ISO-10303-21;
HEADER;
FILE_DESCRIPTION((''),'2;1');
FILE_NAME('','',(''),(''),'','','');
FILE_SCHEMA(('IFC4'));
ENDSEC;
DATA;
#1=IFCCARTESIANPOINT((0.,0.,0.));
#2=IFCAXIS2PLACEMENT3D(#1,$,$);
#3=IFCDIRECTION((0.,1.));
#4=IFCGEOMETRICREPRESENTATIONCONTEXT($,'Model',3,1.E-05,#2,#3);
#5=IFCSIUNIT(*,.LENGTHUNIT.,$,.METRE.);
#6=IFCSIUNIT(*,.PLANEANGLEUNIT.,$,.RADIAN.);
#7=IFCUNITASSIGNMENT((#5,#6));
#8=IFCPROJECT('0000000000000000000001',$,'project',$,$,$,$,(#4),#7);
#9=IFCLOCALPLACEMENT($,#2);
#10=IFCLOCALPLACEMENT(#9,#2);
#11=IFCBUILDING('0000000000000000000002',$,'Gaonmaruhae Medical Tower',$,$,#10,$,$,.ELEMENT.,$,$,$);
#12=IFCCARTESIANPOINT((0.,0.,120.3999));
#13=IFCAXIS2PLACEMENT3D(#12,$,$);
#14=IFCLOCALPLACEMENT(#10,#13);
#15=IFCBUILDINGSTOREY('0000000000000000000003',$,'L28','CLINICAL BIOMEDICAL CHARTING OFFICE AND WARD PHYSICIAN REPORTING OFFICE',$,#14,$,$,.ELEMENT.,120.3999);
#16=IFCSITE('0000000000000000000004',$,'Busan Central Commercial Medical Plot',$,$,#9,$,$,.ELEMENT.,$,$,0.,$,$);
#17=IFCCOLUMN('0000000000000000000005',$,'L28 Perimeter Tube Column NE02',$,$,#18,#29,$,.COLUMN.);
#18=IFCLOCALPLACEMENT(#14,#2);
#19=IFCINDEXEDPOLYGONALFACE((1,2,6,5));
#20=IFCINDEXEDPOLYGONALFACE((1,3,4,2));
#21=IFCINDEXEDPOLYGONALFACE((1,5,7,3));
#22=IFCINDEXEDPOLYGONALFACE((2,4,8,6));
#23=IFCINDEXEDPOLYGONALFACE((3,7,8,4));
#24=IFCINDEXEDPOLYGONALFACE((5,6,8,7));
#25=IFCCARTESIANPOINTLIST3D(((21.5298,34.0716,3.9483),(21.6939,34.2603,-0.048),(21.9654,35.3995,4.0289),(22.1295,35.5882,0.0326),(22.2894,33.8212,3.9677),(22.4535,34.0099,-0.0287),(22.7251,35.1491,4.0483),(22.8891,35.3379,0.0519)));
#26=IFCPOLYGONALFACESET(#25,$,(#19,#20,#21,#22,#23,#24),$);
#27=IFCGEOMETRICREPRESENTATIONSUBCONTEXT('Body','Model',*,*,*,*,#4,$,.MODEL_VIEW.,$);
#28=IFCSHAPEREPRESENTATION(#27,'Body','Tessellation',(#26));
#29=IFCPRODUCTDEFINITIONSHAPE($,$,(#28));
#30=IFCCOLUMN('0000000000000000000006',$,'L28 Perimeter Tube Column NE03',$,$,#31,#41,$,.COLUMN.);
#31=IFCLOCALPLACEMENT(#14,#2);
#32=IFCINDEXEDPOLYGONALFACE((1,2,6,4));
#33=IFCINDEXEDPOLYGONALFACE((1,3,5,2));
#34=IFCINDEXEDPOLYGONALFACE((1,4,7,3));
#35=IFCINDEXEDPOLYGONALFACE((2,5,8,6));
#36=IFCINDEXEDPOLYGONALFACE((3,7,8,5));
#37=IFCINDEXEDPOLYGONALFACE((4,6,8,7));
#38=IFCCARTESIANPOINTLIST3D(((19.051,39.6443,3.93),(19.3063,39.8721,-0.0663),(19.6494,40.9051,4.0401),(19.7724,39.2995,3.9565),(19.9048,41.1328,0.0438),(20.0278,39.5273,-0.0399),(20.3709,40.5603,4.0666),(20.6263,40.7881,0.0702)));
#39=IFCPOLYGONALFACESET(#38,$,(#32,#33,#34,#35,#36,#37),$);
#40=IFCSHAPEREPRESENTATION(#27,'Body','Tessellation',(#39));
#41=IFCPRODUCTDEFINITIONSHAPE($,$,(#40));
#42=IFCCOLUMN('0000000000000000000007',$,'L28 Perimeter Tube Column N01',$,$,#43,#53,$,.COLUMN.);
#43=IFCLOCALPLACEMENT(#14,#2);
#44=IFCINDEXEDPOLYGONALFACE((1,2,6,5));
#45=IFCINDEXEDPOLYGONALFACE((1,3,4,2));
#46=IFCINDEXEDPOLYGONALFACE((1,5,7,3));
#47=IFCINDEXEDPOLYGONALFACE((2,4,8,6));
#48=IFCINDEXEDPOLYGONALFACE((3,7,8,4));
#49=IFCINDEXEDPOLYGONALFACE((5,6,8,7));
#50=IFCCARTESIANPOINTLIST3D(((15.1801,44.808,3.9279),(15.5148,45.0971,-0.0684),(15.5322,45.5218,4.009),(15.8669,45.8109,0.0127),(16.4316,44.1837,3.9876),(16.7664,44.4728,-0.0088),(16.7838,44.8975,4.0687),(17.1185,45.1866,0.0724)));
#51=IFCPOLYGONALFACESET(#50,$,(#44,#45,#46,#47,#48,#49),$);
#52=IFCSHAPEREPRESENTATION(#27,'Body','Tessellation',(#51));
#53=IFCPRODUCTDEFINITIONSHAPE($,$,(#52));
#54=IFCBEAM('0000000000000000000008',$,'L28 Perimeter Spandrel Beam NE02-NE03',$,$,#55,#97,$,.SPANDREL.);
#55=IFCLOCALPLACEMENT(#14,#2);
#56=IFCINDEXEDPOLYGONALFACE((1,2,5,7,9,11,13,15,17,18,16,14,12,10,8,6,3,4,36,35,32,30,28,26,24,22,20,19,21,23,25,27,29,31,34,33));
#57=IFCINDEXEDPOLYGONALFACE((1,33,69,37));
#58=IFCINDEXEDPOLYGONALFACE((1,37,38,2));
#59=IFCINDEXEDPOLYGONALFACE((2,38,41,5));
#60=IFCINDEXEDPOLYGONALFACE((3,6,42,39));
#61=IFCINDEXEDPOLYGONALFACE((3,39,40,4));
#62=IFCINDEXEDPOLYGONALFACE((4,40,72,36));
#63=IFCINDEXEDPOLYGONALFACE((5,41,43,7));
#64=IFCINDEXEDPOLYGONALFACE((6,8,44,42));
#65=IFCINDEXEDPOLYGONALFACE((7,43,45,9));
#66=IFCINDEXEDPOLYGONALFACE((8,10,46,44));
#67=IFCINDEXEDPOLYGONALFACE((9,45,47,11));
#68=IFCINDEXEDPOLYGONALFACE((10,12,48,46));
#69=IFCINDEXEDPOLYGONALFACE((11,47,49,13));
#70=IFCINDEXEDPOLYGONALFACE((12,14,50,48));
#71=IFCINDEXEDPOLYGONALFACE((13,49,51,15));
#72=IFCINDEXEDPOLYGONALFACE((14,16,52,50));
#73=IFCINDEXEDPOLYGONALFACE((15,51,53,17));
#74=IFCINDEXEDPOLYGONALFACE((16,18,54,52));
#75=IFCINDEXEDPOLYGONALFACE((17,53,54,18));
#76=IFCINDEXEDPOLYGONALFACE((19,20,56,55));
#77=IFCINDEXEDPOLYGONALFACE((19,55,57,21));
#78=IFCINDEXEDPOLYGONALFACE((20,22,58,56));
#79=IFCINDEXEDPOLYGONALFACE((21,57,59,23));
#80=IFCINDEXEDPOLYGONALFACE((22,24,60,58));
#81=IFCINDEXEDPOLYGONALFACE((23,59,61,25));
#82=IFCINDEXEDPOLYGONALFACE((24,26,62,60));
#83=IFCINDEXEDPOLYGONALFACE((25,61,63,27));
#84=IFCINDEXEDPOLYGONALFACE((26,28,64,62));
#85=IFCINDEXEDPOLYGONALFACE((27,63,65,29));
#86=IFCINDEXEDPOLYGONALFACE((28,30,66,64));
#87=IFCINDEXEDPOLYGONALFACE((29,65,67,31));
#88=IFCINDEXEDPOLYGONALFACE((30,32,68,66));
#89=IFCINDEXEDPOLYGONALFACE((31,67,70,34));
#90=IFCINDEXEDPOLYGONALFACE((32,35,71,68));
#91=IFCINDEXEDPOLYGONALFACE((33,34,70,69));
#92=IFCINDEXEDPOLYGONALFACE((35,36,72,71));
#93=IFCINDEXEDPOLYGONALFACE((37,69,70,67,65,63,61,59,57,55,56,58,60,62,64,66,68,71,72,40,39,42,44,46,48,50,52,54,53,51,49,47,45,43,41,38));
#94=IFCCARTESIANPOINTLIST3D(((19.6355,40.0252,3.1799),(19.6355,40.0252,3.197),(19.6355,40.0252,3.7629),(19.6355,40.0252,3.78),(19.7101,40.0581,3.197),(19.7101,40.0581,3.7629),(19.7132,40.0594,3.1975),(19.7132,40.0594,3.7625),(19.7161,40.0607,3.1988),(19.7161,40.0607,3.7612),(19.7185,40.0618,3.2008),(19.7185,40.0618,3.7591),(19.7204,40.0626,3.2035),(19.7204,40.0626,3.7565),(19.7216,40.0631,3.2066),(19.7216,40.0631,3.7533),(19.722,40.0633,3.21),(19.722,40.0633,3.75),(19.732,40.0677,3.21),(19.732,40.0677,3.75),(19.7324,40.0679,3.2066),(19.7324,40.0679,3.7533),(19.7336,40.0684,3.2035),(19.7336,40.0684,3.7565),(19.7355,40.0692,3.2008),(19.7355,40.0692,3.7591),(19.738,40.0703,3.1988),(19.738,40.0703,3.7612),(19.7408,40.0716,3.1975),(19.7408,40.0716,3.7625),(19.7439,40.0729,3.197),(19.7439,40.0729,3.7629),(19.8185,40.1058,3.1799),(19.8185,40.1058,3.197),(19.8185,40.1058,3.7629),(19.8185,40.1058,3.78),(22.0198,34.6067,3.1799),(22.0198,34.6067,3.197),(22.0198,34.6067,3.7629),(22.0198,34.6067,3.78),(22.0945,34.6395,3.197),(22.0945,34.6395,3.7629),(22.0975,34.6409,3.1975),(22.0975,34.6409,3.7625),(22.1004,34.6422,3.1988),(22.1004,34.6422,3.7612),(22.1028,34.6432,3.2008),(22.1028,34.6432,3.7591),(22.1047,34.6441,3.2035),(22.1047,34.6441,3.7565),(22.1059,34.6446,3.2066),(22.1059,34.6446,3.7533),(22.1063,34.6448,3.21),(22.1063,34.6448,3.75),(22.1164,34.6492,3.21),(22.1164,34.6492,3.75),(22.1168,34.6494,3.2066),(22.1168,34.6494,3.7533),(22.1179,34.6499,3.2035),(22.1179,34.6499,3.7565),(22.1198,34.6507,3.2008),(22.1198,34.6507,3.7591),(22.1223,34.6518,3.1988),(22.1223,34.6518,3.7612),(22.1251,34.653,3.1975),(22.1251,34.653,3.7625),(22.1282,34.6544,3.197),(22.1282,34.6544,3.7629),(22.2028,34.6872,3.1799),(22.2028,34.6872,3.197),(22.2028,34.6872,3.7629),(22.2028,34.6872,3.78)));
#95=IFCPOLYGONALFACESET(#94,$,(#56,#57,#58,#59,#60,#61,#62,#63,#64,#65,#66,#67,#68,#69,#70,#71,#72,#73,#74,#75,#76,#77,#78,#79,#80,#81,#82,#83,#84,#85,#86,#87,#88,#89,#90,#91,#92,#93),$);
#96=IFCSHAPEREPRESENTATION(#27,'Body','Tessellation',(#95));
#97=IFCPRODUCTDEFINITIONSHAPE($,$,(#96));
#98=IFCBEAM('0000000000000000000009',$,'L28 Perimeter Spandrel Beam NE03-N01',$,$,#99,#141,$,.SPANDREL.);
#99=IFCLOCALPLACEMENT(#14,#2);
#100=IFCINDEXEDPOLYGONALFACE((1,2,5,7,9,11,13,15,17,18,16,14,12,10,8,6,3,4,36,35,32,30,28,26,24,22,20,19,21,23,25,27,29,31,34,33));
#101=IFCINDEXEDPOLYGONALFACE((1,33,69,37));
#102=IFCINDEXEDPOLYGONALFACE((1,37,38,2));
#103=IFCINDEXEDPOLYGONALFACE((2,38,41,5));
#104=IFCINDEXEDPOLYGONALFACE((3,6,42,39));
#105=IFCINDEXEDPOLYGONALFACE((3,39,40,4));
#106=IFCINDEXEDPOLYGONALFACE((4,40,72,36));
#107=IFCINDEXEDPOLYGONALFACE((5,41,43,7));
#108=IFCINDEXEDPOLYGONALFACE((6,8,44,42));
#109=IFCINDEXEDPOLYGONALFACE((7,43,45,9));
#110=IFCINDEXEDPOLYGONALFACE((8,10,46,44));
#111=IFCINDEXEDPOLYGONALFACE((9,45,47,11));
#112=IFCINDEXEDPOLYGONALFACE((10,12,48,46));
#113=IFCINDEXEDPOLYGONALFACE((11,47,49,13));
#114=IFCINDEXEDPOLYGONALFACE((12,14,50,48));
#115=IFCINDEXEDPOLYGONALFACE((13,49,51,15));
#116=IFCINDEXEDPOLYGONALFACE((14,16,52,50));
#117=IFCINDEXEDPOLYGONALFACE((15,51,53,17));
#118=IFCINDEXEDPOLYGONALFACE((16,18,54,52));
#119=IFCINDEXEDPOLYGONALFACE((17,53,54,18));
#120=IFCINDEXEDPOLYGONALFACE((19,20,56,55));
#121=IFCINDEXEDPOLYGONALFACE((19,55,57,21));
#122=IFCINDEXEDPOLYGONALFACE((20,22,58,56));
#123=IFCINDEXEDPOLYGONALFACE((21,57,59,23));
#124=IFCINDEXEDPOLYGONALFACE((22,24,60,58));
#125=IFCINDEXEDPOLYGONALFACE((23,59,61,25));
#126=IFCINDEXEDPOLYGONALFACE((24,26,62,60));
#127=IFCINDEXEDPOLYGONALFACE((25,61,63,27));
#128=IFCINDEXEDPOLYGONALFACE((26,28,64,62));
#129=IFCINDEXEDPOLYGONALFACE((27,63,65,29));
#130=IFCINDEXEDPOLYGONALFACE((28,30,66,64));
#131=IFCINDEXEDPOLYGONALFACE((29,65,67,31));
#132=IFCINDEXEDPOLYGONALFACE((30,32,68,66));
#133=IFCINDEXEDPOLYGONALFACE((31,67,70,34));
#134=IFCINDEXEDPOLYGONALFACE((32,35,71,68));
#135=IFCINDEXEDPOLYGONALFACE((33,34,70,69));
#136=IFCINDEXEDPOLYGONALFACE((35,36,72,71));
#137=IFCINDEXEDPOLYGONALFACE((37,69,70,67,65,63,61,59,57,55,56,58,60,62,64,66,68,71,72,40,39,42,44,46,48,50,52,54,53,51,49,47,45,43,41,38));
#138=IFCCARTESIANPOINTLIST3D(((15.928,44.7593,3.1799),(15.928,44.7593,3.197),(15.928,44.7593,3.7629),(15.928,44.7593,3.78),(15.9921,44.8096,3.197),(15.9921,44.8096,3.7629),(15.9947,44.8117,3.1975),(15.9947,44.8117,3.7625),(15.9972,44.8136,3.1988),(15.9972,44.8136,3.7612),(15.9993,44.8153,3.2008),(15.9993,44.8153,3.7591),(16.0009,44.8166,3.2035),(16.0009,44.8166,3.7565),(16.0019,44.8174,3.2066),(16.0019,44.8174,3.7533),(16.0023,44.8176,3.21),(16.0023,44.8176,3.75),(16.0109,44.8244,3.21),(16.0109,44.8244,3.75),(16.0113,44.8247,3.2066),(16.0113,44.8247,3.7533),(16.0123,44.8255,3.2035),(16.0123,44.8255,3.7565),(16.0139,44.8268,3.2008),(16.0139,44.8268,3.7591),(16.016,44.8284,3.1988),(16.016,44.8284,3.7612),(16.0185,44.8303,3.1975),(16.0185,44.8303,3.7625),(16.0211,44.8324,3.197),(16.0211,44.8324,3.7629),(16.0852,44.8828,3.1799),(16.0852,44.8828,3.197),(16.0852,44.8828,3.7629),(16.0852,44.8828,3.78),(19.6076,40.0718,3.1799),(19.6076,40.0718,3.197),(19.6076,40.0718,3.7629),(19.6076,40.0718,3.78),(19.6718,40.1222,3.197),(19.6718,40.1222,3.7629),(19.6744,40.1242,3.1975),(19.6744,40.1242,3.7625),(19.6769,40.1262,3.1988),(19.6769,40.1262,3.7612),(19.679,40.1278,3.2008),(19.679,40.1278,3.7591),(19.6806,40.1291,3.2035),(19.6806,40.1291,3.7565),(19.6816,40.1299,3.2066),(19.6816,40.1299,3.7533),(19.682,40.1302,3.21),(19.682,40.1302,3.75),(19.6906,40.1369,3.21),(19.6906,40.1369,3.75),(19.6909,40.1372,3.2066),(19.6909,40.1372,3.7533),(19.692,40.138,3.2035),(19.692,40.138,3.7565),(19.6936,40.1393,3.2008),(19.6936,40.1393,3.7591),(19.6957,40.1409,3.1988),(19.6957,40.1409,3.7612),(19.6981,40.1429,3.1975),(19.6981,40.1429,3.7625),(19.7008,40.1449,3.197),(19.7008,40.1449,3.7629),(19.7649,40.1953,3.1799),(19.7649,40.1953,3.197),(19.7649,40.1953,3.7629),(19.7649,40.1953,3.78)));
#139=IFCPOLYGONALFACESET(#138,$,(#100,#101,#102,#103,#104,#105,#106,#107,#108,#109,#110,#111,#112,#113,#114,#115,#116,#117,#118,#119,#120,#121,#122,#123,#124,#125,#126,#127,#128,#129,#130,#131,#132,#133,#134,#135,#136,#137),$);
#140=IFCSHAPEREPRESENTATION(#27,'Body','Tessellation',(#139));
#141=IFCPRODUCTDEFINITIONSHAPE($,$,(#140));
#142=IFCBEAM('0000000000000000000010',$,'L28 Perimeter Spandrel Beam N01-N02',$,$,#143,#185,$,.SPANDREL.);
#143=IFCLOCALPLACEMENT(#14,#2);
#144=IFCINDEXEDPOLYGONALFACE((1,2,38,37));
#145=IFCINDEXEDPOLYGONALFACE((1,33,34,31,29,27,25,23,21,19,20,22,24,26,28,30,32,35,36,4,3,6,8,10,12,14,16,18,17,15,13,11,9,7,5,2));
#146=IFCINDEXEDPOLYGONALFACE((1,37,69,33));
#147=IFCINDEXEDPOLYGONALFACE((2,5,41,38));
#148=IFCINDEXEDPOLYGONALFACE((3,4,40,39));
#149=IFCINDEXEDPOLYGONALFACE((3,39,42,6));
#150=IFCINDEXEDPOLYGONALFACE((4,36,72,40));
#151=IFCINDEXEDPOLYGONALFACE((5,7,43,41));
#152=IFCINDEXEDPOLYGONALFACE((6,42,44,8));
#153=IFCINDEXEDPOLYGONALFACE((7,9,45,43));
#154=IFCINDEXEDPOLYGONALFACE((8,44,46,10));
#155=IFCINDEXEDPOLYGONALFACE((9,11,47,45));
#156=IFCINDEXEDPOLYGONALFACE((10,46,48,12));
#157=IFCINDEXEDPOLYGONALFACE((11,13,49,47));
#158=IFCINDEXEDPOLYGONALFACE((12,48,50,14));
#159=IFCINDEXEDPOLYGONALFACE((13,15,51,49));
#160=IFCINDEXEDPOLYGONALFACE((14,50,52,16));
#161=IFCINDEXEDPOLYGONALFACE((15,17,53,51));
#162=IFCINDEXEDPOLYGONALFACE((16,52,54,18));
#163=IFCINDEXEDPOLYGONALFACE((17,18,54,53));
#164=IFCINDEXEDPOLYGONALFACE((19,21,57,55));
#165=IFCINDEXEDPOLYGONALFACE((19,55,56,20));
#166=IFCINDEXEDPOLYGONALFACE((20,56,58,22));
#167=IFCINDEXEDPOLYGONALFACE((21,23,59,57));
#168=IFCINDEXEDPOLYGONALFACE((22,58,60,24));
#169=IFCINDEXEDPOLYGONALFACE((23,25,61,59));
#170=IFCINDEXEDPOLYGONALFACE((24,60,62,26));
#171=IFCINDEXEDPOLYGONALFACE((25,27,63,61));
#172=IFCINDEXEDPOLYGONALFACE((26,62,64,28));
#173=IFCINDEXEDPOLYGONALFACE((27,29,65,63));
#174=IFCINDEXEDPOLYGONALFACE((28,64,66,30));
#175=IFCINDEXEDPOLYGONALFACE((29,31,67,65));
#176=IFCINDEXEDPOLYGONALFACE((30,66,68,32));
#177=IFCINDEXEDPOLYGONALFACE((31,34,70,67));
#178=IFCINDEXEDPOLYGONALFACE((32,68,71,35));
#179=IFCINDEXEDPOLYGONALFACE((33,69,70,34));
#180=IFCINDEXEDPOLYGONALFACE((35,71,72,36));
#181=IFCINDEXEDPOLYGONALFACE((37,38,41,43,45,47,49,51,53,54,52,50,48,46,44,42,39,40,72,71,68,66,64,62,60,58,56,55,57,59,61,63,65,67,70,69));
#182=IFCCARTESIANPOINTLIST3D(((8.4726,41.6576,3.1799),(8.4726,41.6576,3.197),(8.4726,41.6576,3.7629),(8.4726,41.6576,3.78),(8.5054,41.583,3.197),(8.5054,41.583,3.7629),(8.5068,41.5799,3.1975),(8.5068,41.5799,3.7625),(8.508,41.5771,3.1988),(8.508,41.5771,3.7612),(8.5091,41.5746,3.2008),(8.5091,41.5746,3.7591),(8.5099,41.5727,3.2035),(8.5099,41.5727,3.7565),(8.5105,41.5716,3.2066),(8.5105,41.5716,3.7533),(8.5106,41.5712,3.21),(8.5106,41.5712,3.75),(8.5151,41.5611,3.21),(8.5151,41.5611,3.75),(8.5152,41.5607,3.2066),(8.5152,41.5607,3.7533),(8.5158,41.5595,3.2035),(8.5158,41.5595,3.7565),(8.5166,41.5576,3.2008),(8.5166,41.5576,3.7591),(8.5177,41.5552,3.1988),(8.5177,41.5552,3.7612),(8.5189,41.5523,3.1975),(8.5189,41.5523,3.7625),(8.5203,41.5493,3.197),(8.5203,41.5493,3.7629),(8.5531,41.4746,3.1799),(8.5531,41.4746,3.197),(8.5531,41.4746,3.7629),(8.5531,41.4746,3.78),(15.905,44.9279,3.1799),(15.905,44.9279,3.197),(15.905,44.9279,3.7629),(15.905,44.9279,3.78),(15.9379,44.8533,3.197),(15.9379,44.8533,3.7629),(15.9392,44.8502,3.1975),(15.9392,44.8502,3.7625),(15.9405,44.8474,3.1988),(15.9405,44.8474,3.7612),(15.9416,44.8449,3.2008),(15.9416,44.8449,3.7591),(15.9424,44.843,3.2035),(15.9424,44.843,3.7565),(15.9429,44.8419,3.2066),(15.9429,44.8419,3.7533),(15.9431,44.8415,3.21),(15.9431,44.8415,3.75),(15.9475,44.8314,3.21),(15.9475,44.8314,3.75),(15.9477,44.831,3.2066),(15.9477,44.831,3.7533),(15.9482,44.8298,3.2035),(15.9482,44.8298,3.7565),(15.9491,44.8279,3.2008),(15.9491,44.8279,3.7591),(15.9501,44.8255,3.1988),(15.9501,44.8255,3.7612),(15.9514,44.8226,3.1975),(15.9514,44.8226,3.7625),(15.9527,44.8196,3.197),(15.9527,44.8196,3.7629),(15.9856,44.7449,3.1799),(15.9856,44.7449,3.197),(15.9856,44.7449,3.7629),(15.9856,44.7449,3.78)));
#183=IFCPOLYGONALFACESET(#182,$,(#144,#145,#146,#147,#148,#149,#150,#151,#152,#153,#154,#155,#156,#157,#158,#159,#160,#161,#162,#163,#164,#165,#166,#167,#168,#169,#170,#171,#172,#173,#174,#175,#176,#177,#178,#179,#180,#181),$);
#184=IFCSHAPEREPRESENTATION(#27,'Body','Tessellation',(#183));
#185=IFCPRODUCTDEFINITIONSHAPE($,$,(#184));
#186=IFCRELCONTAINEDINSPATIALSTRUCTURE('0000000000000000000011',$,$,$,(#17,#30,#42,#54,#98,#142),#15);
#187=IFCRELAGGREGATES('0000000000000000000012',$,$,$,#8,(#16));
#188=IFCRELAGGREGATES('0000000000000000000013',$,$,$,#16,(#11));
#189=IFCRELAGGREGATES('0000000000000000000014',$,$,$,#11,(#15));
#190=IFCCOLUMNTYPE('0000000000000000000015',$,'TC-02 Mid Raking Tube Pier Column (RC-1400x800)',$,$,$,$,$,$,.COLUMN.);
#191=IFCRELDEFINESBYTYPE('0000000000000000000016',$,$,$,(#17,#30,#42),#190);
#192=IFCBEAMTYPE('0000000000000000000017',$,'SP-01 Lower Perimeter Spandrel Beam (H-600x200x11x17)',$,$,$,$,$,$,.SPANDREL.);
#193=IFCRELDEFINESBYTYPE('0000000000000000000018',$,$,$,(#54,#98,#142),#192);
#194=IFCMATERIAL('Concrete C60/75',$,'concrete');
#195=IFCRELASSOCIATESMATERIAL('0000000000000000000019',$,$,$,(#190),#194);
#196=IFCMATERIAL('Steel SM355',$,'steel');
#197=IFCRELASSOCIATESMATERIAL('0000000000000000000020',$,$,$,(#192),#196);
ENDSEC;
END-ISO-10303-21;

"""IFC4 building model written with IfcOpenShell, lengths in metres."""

from ifc_helpers import new_model, si_unit, direction, frame, origin, origin_2d, place, context, subcontext, project, spatial, rectangle, i_section, extrude, material, material_profile, profile_set, type_object, element, save


model = new_model("IFC4")

# Units and contexts
model_context = context("Model", 3, precision=1e-05, world=origin(), true_north=direction((0.0, 1.0)))
body_context = subcontext(model_context, "Body", "Model", "MODEL_VIEW")
ifc_project = project(units=[si_unit("LENGTHUNIT", "METRE"), si_unit("PLANEANGLEUNIT", "RADIAN")], contexts=[model_context])

# Site, building, storey
site_placement = place(None, origin())
site = spatial("IfcSite", under=ifc_project, at=site_placement, Name="Busan Central Commercial Medical Plot", CompositionType="ELEMENT", RefElevation=0.0)
building_placement = place(site_placement, origin())
building = spatial("IfcBuilding", under=site, at=building_placement, Name="Gaonmaruhae Medical Tower", CompositionType="ELEMENT")
storey_placement = place(building_placement, frame((0.0, 0.0, 120.3999)))
storey = spatial("IfcBuildingStorey", under=building, at=storey_placement, Name="L28", Description="CLINICAL BIOMEDICAL CHARTING OFFICE AND WARD PHYSICIAN REPORTING OFFICE", CompositionType="ELEMENT", Elevation=120.3999)

# Columns
ifc_material_1 = material(Name="Concrete C60/75", Category="concrete")
ifc_material_profile_1 = material_profile(ifc_material_1, rectangle(XDim=1.3999, YDim=0.8, at=origin_2d()), Name="RC-1400x800")
ifc_profile_set_1 = profile_set([ifc_material_profile_1], Name="Concrete C60/75")
column_type = type_object("IfcColumnType", Name="TC-02 Mid Raking Tube Pier Column (RC-1400x800)", PredefinedType="COLUMN", material=ifc_profile_set_1)
column_1_placement = place(storey_placement, frame((22.2915, 34.7991, 0.002), z_axis=(-0.040973, -0.047131, 0.998048), x_axis=(0.311183, 0.948605, 0.057571)))
element("IfcColumn", 1, at=column_1_placement, inside=storey, type_object=column_type, Name="L28 Perimeter Tube Column NE02", PredefinedType="COLUMN", context=body_context, shape_type="SweptSolid", body=[
    extrude(rectangle(XDim=1.3999, YDim=0.8, at=origin_2d()), origin(), (0.0, 0.0, 1.0), 4.0042),
])
column_2_placement = place(storey_placement, frame((19.9663, 40.3301, 0.002), z_axis=(-0.063668, -0.05679, 0.996354), x_axis=(0.427499, 0.900588, 0.078649)))
element("IfcColumn", 2, at=column_2_placement, inside=storey, type_object=column_type, Name="L28 Perimeter Tube Column NE03", PredefinedType="COLUMN", context=body_context, shape_type="SweptSolid", body=[
    extrude(rectangle(XDim=1.3999, YDim=0.8, at=origin_2d()), origin(), (0.0, 0.0, 1.0), 4.011),
])
column_3_placement = place(storey_placement, frame((16.3167, 45.1418, 0.002), z_axis=(-0.083248, -0.071893, 0.993932), x_axis=(0.894041, -0.445953, 0.042625)))
element("IfcColumn", 3, at=column_3_placement, inside=storey, type_object=column_type, Name="L28 Perimeter Tube Column N01", PredefinedType="COLUMN", context=body_context, shape_type="SweptSolid", body=[
    extrude(rectangle(XDim=1.3999, YDim=0.8, at=origin_2d()), origin(), (0.0, 0.0, 1.0), 4.0208),
])

# Beams
ifc_material_2 = material(Name="Steel SM355", Category="steel")
ifc_material_profile_2 = material_profile(ifc_material_2, i_section(OverallWidth=0.2, OverallDepth=0.6001, WebThickness=0.011, FlangeThickness=0.0171, FilletRadius=0.0129, at=origin_2d()), Name="H-600x200x11x17")
ifc_profile_set_2 = profile_set([ifc_material_profile_2], Name="Steel SM355")
beam_type = type_object("IfcBeamType", Name="SP-01 Lower Perimeter Spandrel Beam (H-600x200x11x17)", PredefinedType="SPANDREL", material=ifc_profile_set_2)
beam_1_placement = place(storey_placement, frame((22.1113, 34.647, 3.48), z_axis=(-0.402761, 0.915305, 0.0), x_axis=(-0.915305, -0.402761, 0.0)))
element("IfcBeam", 4, at=beam_1_placement, inside=storey, type_object=beam_type, Name="L28 Perimeter Spandrel Beam NE02-NE03", PredefinedType="SPANDREL", context=body_context, shape_type="SweptSolid", body=[
    extrude(i_section(OverallWidth=0.2, OverallDepth=0.6001, WebThickness=0.011, FlangeThickness=0.0171, FilletRadius=0.0129, at=origin_2d()), origin(), (0.0, 0.0, 1.0), 5.9199),
])
beam_2_placement = place(storey_placement, frame((19.6863, 40.1335, 3.48), z_axis=(-0.617474, 0.786591, 0.0), x_axis=(-0.786591, -0.617474, 0.0)))
element("IfcBeam", 5, at=beam_2_placement, inside=storey, type_object=beam_type, Name="L28 Perimeter Spandrel Beam NE03-N01", PredefinedType="SPANDREL", context=body_context, shape_type="SweptSolid", body=[
    extrude(i_section(OverallWidth=0.2, OverallDepth=0.6001, WebThickness=0.011, FlangeThickness=0.0171, FilletRadius=0.0129, at=origin_2d()), origin(), (0.0, 0.0, 1.0), 5.9592),
])
beam_3_placement = place(storey_placement, frame((15.9453, 44.8364, 3.48), z_axis=(-0.915314, -0.402741, 0.0), x_axis=(0.402741, -0.915314, 0.0)))
element("IfcBeam", 6, at=beam_3_placement, inside=storey, type_object=beam_type, Name="L28 Perimeter Spandrel Beam N01-N02", PredefinedType="SPANDREL", context=body_context, shape_type="SweptSolid", body=[
    extrude(i_section(OverallWidth=0.2, OverallDepth=0.6001, WebThickness=0.011, FlangeThickness=0.0171, FilletRadius=0.0129, at=origin_2d()), origin(), (0.0, 0.0, 1.0), 8.1201),
])

save(model, "model.ifc")
